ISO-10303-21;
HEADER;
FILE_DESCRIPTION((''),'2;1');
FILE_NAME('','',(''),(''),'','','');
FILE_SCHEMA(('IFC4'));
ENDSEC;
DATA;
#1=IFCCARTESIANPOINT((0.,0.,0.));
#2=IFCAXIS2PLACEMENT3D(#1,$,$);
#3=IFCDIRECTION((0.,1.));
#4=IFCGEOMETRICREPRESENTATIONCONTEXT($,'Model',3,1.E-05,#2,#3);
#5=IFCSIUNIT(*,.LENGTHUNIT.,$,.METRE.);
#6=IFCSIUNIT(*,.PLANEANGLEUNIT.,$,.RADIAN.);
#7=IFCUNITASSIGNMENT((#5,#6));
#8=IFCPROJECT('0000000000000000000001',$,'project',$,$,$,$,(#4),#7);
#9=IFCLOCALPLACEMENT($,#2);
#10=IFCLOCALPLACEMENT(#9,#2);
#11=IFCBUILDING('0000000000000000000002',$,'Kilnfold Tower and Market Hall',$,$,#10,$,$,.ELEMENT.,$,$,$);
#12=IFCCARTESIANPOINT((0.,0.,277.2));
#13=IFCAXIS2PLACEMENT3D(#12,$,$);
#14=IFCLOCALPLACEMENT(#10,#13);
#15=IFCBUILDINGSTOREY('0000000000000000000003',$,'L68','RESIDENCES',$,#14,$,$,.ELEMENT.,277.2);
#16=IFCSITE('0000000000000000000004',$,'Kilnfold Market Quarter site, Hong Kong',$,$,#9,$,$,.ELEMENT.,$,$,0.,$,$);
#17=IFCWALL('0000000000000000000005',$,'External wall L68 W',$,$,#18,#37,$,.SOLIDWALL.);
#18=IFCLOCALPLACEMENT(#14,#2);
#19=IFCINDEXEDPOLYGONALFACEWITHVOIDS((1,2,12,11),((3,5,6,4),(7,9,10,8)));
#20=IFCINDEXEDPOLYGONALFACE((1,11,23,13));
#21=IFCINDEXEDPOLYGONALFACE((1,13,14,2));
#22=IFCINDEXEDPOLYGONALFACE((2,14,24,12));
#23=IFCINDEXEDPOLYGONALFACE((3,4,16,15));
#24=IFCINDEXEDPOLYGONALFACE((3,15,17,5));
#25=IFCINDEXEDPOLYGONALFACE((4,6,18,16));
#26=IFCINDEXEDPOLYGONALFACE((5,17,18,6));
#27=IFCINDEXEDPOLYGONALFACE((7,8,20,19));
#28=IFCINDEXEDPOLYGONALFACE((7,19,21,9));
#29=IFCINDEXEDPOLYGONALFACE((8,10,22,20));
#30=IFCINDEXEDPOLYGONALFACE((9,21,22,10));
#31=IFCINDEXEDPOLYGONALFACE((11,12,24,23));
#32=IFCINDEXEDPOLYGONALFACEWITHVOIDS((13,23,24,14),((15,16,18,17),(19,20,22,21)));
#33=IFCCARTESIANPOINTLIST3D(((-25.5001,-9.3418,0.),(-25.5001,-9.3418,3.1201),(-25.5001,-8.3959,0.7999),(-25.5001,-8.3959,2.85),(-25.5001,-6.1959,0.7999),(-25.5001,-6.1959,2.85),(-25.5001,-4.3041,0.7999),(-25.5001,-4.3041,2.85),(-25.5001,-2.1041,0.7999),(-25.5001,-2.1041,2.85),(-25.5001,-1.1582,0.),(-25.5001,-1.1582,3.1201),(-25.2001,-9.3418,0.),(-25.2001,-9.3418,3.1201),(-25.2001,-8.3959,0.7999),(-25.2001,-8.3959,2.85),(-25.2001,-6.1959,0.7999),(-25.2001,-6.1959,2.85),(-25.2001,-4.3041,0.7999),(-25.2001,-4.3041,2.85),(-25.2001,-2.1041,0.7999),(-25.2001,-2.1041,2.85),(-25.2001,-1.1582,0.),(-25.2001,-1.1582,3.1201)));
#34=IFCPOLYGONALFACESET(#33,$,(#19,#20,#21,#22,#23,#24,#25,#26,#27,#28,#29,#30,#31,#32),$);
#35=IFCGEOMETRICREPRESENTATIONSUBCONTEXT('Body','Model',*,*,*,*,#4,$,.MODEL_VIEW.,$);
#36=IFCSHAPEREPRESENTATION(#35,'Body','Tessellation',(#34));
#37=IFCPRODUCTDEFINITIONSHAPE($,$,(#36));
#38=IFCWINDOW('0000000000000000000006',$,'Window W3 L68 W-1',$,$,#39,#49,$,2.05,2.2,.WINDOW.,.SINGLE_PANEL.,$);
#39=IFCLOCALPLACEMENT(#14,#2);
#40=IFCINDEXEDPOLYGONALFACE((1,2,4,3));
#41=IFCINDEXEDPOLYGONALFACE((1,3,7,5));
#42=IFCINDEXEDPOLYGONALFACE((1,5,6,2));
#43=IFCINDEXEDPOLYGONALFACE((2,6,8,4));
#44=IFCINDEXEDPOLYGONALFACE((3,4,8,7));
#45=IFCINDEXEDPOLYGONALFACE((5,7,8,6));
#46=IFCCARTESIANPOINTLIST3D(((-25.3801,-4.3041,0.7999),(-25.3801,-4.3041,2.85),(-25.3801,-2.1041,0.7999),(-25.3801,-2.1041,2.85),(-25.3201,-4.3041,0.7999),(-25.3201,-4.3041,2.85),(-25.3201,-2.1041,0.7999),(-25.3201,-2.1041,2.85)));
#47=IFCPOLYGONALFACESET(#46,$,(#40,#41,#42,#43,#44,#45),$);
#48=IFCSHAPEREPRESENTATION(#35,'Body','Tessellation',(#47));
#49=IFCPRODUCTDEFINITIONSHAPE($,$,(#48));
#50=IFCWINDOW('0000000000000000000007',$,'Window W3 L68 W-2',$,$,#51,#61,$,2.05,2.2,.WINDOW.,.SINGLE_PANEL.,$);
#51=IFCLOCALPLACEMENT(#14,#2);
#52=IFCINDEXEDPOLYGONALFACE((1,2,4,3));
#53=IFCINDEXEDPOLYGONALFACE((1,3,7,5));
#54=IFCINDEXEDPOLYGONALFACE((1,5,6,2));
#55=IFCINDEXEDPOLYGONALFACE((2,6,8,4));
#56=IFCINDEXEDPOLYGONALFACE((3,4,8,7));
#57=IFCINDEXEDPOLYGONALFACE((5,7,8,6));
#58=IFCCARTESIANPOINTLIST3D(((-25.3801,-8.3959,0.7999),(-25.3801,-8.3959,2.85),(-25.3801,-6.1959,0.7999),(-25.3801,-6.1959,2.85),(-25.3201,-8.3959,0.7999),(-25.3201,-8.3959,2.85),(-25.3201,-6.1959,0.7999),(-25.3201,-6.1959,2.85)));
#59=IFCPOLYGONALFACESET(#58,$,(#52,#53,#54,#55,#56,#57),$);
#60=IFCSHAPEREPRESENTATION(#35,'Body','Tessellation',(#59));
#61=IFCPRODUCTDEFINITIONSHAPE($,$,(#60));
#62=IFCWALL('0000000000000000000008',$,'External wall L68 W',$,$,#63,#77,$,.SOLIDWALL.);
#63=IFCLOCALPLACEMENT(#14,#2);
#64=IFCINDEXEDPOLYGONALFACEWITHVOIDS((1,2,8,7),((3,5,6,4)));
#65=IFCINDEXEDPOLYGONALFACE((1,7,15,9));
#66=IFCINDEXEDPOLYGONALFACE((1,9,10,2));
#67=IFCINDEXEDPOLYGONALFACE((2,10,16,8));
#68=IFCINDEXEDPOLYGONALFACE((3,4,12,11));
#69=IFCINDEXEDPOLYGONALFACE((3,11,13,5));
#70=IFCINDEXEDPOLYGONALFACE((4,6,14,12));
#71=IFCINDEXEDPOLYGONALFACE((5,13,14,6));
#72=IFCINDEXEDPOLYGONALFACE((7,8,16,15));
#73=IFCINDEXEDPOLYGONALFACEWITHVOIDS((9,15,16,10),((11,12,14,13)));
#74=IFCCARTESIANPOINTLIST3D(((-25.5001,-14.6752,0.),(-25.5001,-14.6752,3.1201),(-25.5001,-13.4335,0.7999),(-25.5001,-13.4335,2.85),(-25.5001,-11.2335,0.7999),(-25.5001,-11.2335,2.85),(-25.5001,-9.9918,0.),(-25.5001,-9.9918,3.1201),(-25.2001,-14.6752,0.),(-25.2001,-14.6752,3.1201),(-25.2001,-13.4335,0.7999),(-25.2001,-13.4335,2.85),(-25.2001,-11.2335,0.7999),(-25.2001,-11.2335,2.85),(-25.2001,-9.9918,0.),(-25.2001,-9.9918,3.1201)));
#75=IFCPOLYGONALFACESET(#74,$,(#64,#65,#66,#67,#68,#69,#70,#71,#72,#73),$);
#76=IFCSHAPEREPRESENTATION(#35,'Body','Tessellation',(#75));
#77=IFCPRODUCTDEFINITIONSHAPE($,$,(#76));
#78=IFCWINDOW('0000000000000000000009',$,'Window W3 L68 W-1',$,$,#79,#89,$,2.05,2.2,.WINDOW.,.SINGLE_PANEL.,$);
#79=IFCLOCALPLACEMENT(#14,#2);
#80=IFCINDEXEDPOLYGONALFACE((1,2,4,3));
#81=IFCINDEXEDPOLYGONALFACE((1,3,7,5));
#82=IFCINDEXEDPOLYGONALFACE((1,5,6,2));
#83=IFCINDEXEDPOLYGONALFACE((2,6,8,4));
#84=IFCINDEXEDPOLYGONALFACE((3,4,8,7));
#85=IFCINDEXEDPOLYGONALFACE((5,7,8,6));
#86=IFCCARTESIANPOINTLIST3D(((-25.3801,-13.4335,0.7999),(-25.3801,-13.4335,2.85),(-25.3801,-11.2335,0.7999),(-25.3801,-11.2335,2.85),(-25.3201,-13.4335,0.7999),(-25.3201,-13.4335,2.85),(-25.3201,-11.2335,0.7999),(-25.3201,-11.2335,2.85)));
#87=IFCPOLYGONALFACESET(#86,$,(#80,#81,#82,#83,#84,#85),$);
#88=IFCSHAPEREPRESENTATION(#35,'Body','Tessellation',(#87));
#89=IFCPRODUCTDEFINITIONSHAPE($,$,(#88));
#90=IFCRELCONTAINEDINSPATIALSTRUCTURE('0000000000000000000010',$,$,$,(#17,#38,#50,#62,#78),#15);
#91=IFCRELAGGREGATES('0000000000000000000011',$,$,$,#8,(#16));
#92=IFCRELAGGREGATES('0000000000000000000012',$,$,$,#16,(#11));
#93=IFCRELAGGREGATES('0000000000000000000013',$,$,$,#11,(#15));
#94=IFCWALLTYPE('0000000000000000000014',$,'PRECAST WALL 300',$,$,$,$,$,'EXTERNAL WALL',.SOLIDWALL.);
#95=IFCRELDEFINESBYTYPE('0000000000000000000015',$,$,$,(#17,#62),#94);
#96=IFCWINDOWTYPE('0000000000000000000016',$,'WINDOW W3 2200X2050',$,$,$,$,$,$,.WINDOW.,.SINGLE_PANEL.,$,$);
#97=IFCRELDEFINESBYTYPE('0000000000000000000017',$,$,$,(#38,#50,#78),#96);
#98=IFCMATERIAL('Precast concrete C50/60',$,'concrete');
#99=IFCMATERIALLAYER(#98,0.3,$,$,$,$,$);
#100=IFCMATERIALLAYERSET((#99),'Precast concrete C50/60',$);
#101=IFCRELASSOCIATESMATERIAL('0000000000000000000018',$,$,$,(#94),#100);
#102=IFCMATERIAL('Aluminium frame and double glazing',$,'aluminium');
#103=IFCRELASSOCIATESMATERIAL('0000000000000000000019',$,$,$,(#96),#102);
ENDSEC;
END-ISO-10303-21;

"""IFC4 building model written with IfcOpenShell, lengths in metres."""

from ifc_helpers import new_model, si_unit, direction, frame, frame_2d, origin, place, context, subcontext, project, spatial, rectangle, extrude, source, transform, mapped, material, layer, layer_set, type_object, element, fill, save


model = new_model("IFC4")

# Units and contexts
model_context = context("Model", 3, precision=1e-05, world=origin(), true_north=direction((0.0, 1.0)))
body_context = subcontext(model_context, "Body", "Model", "MODEL_VIEW")
ifc_project = project(units=[si_unit("LENGTHUNIT", "METRE"), si_unit("PLANEANGLEUNIT", "RADIAN")], contexts=[model_context])

# Site, building, storey
site_placement = place(None, origin())
site = spatial("IfcSite", under=ifc_project, at=site_placement, Name="Kilnfold Market Quarter site, Hong Kong", CompositionType="ELEMENT", RefElevation=0.0)
building_placement = place(site_placement, origin())
building = spatial("IfcBuilding", under=site, at=building_placement, Name="Kilnfold Tower and Market Hall", CompositionType="ELEMENT")
storey_placement = place(building_placement, frame((0.0, 0.0, 277.2)))
storey = spatial("IfcBuildingStorey", under=building, at=storey_placement, Name="L68", Description="RESIDENCES", CompositionType="ELEMENT", Elevation=277.2)

# Wall, openings, windows
ifc_material_1 = material(Name="Precast concrete C50/60", Category="concrete")
ifc_layer_1 = layer(ifc_material_1, 0.3)
ifc_layer_set_1 = layer_set([ifc_layer_1], Name="Precast concrete C50/60")
wall_type_1 = type_object("IfcWallType", Name="PRECAST WALL 300", ElementType="EXTERNAL WALL", PredefinedType="SOLIDWALL", material=ifc_layer_set_1)
shared_shape_1 = source(origin(), body_context, "Body", "SweptSolid", [
    extrude(rectangle(XDim=8.1836, YDim=0.3, at=frame_2d((4.0918, 0.0))), origin(), (0.0, 0.0, 1.0), 3.1201),
])
wall_1_placement = place(storey_placement, frame((-25.3501, -1.1582, 0.0), z_axis=(0.0, 0.0, 1.0), x_axis=(0.0, -1.0, 0.0)))
wall_1 = element("IfcWall", 1, at=wall_1_placement, inside=storey, type_object=wall_type_1, Name="External wall L68 W", PredefinedType="SOLIDWALL", context=body_context, shape_type="MappedRepresentation", body=[
    mapped(shared_shape_1, transform((0.0, 0.0, 0.0))),
])
opening_1_placement = place(wall_1_placement, frame((0.9458, 0.0, 0.8)))
opening_1 = element("IfcOpeningElement", 2, at=opening_1_placement, cuts=wall_1, PredefinedType="OPENING", context=body_context, shape_type="SweptSolid", body=[
    extrude(rectangle(XDim=2.2, YDim=2.05, at=frame_2d((1.1001, 1.0249))), frame((0.0, 0.1602, 0.0), z_axis=(0.0, -1.0, 0.0), x_axis=(1.0, 0.0, 0.0)), (0.0, 0.0, 1.0), 0.3201),
])
opening_2_placement = place(wall_1_placement, frame((5.0376, 0.0, 0.8)))
opening_2 = element("IfcOpeningElement", 3, at=opening_2_placement, cuts=wall_1, PredefinedType="OPENING", context=body_context, shape_type="SweptSolid", body=[
    extrude(rectangle(XDim=2.2, YDim=2.05, at=frame_2d((1.1001, 1.0249))), frame((0.0, 0.1602, 0.0), z_axis=(0.0, -1.0, 0.0), x_axis=(1.0, 0.0, 0.0)), (0.0, 0.0, 1.0), 0.3201),
])
ifc_material_2 = material(Name="Aluminium frame and double glazing", Category="aluminium")
window_type = type_object("IfcWindowType", Name="WINDOW W3 2200X2050", PartitioningType="SINGLE_PANEL", PredefinedType="WINDOW", material=ifc_material_2)
window_1_placement = place(opening_1_placement, origin())
window_1 = element("IfcWindow", 4, at=window_1_placement, inside=storey, type_object=window_type, Name="Window W3 L68 W-1", OverallHeight=2.05, OverallWidth=2.2, PartitioningType="SINGLE_PANEL", PredefinedType="WINDOW", context=body_context, shape_type="SweptSolid", body=[
    extrude(rectangle(XDim=2.2, YDim=2.05, at=frame_2d((1.1001, 1.0249))), frame((0.0, 0.03, 0.0), z_axis=(0.0, -1.0, 0.0), x_axis=(1.0, 0.0, 0.0)), (0.0, 0.0, 1.0), 0.0601),
])
fill(opening_1, window_1)
window_2_placement = place(opening_2_placement, origin())
window_2 = element("IfcWindow", 5, at=window_2_placement, inside=storey, type_object=window_type, Name="Window W3 L68 W-2", OverallHeight=2.05, OverallWidth=2.2, PartitioningType="SINGLE_PANEL", PredefinedType="WINDOW", context=body_context, shape_type="SweptSolid", body=[
    extrude(rectangle(XDim=2.2, YDim=2.05, at=frame_2d((1.1001, 1.0249))), frame((0.0, 0.03, 0.0), z_axis=(0.0, -1.0, 0.0), x_axis=(1.0, 0.0, 0.0)), (0.0, 0.0, 1.0), 0.0601),
])
fill(opening_2, window_2)

# Wall, opening, window
shared_shape_2 = source(origin(), body_context, "Body", "SweptSolid", [
    extrude(rectangle(XDim=4.6833, YDim=0.3, at=frame_2d((2.3418, 0.0))), origin(), (0.0, 0.0, 1.0), 3.1201),
])
wall_2_placement = place(storey_placement, frame((-25.3501, -9.9917, 0.0), z_axis=(0.0, 0.0, 1.0), x_axis=(0.0, -1.0, 0.0)))
wall_2 = element("IfcWall", 6, at=wall_2_placement, inside=storey, type_object=wall_type_1, Name="External wall L68 W", PredefinedType="SOLIDWALL", context=body_context, shape_type="MappedRepresentation", body=[
    mapped(shared_shape_2, transform((0.0, 0.0, 0.0))),
])
opening_3_placement = place(wall_2_placement, frame((1.2417, 0.0, 0.8)))
opening_3 = element("IfcOpeningElement", 7, at=opening_3_placement, cuts=wall_2, PredefinedType="OPENING", context=body_context, shape_type="SweptSolid", body=[
    extrude(rectangle(XDim=2.2, YDim=2.05, at=frame_2d((1.1001, 1.0249))), frame((0.0, 0.1602, 0.0), z_axis=(0.0, -1.0, 0.0), x_axis=(1.0, 0.0, 0.0)), (0.0, 0.0, 1.0), 0.3201),
])
window_3_placement = place(opening_3_placement, origin())
window_3 = element("IfcWindow", 8, at=window_3_placement, inside=storey, type_object=window_type, Name="Window W3 L68 W-1", OverallHeight=2.05, OverallWidth=2.2, PartitioningType="SINGLE_PANEL", PredefinedType="WINDOW", context=body_context, shape_type="SweptSolid", body=[
    extrude(rectangle(XDim=2.2, YDim=2.05, at=frame_2d((1.1001, 1.0249))), frame((0.0, 0.03, 0.0), z_axis=(0.0, -1.0, 0.0), x_axis=(1.0, 0.0, 0.0)), (0.0, 0.0, 1.0), 0.0601),
])
fill(opening_3, window_3)

save(model, "model.ifc")
